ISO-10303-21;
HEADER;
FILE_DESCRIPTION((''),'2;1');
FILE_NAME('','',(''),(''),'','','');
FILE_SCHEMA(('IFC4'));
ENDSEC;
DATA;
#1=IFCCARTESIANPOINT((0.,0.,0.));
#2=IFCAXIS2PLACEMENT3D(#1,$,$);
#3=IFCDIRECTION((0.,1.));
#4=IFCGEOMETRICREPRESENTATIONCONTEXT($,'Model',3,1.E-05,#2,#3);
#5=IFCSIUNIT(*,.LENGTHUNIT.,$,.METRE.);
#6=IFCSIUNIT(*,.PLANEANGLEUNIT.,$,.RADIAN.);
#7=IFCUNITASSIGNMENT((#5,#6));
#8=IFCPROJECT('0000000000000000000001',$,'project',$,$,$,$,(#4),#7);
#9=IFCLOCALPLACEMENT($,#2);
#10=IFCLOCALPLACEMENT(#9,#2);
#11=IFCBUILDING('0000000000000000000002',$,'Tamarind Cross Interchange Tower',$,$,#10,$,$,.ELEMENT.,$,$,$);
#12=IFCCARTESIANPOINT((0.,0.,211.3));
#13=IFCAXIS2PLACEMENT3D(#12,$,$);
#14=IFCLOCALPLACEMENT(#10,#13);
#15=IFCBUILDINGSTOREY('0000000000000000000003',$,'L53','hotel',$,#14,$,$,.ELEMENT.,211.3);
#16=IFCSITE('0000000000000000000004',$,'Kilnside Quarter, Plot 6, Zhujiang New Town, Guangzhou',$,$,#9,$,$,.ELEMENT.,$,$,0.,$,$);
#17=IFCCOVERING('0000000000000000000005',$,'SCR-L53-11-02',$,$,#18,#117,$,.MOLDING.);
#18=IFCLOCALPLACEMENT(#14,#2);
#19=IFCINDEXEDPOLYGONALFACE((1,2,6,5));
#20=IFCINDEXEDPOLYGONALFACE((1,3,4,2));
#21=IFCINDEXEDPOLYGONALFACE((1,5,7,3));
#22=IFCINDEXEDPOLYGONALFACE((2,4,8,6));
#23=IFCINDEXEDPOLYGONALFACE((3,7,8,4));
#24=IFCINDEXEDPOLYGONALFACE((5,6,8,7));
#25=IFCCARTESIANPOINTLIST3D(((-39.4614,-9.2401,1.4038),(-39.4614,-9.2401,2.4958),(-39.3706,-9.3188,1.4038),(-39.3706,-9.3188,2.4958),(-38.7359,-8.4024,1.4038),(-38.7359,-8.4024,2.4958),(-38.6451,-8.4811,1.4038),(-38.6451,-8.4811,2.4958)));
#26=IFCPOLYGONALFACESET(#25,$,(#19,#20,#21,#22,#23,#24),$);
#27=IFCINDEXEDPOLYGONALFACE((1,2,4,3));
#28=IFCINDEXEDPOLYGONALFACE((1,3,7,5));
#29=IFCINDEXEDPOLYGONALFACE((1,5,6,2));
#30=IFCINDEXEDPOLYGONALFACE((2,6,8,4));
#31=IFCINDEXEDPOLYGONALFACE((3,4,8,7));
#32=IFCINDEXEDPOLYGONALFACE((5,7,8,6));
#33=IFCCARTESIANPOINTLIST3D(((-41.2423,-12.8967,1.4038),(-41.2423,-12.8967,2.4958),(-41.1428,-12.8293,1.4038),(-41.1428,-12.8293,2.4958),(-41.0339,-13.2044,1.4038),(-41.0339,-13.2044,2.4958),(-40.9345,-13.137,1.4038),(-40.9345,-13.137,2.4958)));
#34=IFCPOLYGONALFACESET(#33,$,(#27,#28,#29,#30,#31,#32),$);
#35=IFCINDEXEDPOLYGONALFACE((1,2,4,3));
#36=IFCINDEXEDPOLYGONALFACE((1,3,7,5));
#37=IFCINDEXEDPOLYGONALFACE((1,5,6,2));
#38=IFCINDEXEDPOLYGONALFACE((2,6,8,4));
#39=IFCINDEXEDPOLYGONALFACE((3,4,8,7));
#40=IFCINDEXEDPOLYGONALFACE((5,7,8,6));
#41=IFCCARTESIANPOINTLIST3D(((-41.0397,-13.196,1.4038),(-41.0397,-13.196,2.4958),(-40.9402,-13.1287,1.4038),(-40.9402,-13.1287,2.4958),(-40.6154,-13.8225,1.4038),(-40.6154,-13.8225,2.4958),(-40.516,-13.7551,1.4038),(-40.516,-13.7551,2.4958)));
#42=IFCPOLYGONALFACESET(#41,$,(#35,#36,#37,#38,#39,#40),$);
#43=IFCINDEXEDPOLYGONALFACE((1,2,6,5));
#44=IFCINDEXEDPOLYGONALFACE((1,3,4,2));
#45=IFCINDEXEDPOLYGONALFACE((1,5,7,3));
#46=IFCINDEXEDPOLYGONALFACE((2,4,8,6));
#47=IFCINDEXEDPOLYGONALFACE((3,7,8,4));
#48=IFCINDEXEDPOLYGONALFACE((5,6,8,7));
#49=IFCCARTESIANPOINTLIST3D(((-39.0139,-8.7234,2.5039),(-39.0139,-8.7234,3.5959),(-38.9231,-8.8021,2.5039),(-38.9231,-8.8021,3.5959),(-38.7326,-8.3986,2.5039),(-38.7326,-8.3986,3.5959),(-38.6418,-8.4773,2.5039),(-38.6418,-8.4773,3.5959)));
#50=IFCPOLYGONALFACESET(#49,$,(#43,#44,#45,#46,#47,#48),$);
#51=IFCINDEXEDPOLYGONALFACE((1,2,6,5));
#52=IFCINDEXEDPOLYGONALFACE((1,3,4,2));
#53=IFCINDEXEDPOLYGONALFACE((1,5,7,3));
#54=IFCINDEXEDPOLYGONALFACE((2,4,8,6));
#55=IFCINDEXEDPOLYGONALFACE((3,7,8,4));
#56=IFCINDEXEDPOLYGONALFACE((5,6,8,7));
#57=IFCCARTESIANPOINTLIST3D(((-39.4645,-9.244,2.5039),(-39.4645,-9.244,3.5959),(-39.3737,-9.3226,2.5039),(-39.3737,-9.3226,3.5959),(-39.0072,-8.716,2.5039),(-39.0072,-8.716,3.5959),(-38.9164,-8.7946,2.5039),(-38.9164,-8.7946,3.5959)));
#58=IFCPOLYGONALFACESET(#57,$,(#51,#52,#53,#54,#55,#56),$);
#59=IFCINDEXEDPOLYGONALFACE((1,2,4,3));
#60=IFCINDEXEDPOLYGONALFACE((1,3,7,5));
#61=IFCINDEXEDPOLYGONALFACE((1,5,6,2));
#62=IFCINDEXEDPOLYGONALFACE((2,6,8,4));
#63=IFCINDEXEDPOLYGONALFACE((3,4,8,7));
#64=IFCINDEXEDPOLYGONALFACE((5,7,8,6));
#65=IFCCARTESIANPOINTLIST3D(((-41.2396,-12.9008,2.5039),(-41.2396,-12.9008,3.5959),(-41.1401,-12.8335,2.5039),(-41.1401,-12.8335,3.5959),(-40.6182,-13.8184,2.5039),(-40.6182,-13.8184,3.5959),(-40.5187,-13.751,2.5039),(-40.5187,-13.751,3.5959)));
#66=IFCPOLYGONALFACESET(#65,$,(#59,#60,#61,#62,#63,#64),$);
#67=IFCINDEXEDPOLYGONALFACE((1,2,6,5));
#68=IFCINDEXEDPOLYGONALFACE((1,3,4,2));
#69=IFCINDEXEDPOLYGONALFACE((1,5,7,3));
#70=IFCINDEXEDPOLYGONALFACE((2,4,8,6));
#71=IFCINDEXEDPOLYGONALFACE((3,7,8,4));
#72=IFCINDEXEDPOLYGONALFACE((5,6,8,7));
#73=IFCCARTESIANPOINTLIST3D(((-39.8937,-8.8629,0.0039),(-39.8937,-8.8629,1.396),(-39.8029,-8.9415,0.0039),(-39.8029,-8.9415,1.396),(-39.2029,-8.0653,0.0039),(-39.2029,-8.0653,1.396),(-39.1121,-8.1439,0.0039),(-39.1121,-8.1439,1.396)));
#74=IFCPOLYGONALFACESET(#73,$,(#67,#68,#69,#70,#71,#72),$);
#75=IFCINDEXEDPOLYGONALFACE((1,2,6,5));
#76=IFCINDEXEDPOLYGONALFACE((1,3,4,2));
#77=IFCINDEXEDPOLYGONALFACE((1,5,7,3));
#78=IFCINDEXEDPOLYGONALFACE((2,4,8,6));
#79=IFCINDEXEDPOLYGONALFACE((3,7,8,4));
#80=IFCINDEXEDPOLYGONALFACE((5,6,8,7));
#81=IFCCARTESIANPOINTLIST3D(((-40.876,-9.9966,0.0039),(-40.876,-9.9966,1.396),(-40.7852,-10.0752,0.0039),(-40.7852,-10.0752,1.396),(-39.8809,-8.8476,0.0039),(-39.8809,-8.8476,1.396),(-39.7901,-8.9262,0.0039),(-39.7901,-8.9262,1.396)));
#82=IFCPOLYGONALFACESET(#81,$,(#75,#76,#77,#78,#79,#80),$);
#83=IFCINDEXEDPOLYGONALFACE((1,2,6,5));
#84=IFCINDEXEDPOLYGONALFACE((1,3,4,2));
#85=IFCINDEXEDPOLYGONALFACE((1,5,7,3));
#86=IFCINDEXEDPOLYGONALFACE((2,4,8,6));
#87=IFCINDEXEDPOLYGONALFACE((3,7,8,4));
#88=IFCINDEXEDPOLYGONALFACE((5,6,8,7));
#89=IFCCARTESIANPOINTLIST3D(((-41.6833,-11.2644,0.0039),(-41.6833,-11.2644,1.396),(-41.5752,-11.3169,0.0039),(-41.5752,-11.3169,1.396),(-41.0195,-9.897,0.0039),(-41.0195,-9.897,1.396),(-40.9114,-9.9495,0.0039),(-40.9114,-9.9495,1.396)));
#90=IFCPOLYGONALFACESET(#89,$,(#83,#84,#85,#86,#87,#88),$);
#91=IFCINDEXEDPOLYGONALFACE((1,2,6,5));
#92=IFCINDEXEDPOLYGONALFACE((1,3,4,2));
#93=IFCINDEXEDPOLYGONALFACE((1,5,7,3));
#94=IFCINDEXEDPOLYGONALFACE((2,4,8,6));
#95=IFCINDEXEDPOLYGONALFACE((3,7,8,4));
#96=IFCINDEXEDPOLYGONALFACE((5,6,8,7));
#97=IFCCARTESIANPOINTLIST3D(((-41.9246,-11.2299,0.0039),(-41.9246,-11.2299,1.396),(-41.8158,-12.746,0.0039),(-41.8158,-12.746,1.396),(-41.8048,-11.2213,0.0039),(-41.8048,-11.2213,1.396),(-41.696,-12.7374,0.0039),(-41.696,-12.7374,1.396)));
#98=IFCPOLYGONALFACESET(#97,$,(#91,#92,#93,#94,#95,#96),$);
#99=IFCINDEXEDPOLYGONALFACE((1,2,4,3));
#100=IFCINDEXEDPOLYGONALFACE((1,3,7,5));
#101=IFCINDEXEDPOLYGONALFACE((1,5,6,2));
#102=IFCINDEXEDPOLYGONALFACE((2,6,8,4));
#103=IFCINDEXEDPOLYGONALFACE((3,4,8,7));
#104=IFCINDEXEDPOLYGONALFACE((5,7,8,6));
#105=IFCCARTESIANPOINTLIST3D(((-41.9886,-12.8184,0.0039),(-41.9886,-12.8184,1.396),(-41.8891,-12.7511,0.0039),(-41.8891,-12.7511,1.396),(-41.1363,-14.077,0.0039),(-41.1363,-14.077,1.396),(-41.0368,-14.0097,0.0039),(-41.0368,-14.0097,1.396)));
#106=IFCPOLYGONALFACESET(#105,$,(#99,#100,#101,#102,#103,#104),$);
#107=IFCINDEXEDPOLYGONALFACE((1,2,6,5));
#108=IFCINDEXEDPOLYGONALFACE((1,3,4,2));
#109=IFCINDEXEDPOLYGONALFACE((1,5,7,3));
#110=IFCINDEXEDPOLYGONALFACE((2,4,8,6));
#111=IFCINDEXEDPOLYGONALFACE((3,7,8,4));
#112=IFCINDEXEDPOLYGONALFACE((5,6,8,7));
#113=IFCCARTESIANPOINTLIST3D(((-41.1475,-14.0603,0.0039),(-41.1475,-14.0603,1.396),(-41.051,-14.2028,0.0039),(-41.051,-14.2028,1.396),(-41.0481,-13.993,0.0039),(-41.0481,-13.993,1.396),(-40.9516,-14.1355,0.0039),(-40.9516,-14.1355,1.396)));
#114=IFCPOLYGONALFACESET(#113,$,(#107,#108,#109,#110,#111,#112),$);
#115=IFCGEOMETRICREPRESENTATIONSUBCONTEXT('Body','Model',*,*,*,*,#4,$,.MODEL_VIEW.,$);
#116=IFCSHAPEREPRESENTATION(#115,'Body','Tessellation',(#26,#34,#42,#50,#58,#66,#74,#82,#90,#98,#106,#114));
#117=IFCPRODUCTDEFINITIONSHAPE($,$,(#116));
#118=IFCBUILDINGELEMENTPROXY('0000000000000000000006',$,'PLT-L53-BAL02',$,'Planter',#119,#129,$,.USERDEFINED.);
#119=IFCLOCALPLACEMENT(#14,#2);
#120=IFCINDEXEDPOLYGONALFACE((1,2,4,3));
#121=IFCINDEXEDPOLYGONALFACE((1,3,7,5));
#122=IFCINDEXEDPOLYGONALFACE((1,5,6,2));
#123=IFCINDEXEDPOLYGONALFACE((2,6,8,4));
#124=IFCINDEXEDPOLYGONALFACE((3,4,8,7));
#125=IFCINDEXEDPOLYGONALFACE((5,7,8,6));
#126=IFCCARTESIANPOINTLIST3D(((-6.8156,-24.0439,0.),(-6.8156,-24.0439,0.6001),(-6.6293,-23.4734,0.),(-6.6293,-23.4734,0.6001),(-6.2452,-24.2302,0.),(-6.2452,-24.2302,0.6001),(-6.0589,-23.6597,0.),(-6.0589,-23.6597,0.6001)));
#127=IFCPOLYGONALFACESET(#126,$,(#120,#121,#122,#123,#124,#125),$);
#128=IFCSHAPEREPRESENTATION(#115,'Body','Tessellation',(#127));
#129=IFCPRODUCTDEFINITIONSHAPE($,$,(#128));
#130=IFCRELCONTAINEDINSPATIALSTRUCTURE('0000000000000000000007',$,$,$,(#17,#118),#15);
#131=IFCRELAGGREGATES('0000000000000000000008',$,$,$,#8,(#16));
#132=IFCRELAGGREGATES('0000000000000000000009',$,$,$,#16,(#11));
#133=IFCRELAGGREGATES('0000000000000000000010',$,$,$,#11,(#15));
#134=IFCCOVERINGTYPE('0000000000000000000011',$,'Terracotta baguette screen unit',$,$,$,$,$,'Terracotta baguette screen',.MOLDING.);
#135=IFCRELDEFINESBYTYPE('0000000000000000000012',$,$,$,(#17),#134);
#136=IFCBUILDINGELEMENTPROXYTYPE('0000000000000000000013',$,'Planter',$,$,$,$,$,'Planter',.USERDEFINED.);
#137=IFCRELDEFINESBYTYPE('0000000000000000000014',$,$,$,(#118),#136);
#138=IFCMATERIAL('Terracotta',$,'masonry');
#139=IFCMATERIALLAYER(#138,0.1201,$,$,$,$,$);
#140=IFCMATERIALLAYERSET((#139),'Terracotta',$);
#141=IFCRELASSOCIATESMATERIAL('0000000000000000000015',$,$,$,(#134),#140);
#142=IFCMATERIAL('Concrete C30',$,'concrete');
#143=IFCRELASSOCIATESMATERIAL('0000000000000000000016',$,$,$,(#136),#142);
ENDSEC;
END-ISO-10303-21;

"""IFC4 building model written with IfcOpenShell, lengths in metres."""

from ifc_helpers import new_model, si_unit, direction, frame, origin, origin_2d, place, context, subcontext, project, spatial, rectangle, extrude, material, layer, layer_set, type_object, element, save


model = new_model("IFC4")

# Units and contexts
model_context = context("Model", 3, precision=1e-05, world=origin(), true_north=direction((0.0, 1.0)))
body_context = subcontext(model_context, "Body", "Model", "MODEL_VIEW")
ifc_project = project(units=[si_unit("LENGTHUNIT", "METRE"), si_unit("PLANEANGLEUNIT", "RADIAN")], contexts=[model_context])

# Site, building, storey
site_placement = place(None, origin())
site = spatial("IfcSite", under=ifc_project, at=site_placement, Name="Kilnside Quarter, Plot 6, Zhujiang New Town, Guangzhou", CompositionType="ELEMENT", RefElevation=0.0)
building_placement = place(site_placement, origin())
building = spatial("IfcBuilding", under=site, at=building_placement, Name="Tamarind Cross Interchange Tower", CompositionType="ELEMENT")
storey_placement = place(building_placement, frame((0.0, 0.0, 211.3)))
storey = spatial("IfcBuildingStorey", under=building, at=storey_placement, Name="L53", Description="hotel", CompositionType="ELEMENT", Elevation=211.3)

# Covering
ifc_material_1 = material(Name="Terracotta", Category="masonry")
ifc_layer_1 = layer(ifc_material_1, 0.1201)
ifc_layer_set_1 = layer_set([ifc_layer_1], Name="Terracotta")
covering_type = type_object("IfcCoveringType", Name="Terracotta baguette screen unit", ElementType="Terracotta baguette screen", PredefinedType="MOLDING", material=ifc_layer_set_1)
covering_1_placement = place(storey_placement, origin())
element("IfcCovering", 1, at=covering_1_placement, inside=storey, type_object=covering_type, Name="SCR-L53-11-02", PredefinedType="MOLDING", context=body_context, shape_type="SweptSolid", body=[
    extrude(rectangle(XDim=1.1082, YDim=0.1201, at=origin_2d()), frame((-39.0532, -8.8606, 1.4038), z_axis=(0.0, 0.0, 1.0), x_axis=(-0.654667, -0.755917, 0.0)), (0.0, 0.0, 1.0), 1.092),
    extrude(rectangle(XDim=0.3716, YDim=0.1201, at=origin_2d()), frame((-41.0884, -13.0168, 1.4038), z_axis=(0.0, 0.0, 1.0), x_axis=(0.56072, -0.828006, 0.0)), (0.0, 0.0, 1.0), 1.092),
    extrude(rectangle(XDim=0.7566, YDim=0.1201, at=origin_2d()), frame((-40.7778, -13.4756, 1.4038), z_axis=(0.0, 0.0, 1.0), x_axis=(0.56072, -0.828006, 0.0)), (0.0, 0.0, 1.0), 1.092),
    extrude(rectangle(XDim=0.4297, YDim=0.1201, at=origin_2d()), frame((-38.8279, -8.6003, 2.5039), z_axis=(0.0, 0.0, 1.0), x_axis=(-0.654667, -0.755917, 0.0)), (0.0, 0.0, 1.0), 1.092),
    extrude(rectangle(XDim=0.6985, YDim=0.1201, at=origin_2d()), frame((-39.1904, -9.0193, 2.5039), z_axis=(0.0, 0.0, 1.0), x_axis=(-0.654667, -0.755917, 0.0)), (0.0, 0.0, 1.0), 1.092),
    extrude(rectangle(XDim=1.1082, YDim=0.1201, at=origin_2d()), frame((-40.8792, -13.3259, 2.5039), z_axis=(0.0, 0.0, 1.0), x_axis=(0.56072, -0.828006, 0.0)), (0.0, 0.0, 1.0), 1.092),
    extrude(rectangle(XDim=1.0552, YDim=0.1201, at=origin_2d()), frame((-39.5029, -8.5034, 0.0039), z_axis=(0.0, 0.0, 1.0), x_axis=(-0.654667, -0.755917, 0.0)), (0.0, 0.0, 1.0), 1.3921),
    extrude(rectangle(XDim=1.52, YDim=0.1201, at=origin_2d()), frame((-40.333, -9.4614, 0.0039), z_axis=(0.0, 0.0, 1.0), x_axis=(-0.654667, -0.755917, 0.0)), (0.0, 0.0, 1.0), 1.3921),
    extrude(rectangle(XDim=1.52, YDim=0.1201, at=origin_2d()), frame((-41.2974, -10.6069, 0.0039), z_axis=(0.0, 0.0, 1.0), x_axis=(-0.436714, -0.8996, 0.0)), (0.0, 0.0, 1.0), 1.3921),
    extrude(rectangle(XDim=1.52, YDim=0.1201, at=origin_2d()), frame((-41.8103, -11.9836, 0.0039), z_axis=(0.0, 0.0, 1.0), x_axis=(0.071595, -0.997434, 0.0)), (0.0, 0.0, 1.0), 1.3921),
    extrude(rectangle(XDim=1.52, YDim=0.1201, at=origin_2d()), frame((-41.5127, -13.4141, 0.0039), z_axis=(0.0, 0.0, 1.0), x_axis=(0.56072, -0.828006, 0.0)), (0.0, 0.0, 1.0), 1.3921),
    extrude(rectangle(XDim=0.1721, YDim=0.1201, at=origin_2d()), frame((-41.0496, -14.0979, 0.0039), z_axis=(0.0, 0.0, 1.0), x_axis=(0.56072, -0.828006, 0.0)), (0.0, 0.0, 1.0), 1.3921),
])

# Building element proxy
ifc_material_2 = material(Name="Concrete C30", Category="concrete")
building_element_proxy_type = type_object("IfcBuildingElementProxyType", Name="Planter", ElementType="Planter", PredefinedType="USERDEFINED", material=ifc_material_2)
proxy_placement = place(storey_placement, origin())
element("IfcBuildingElementProxy", 2, at=proxy_placement, inside=storey, type_object=building_element_proxy_type, Name="PLT-L53-BAL02", ObjectType="Planter", PredefinedType="USERDEFINED", context=body_context, shape_type="SweptSolid", body=[
    extrude(rectangle(XDim=0.6001, YDim=0.6001, at=origin_2d()), frame((-6.4373, -23.8518, 0.0), z_axis=(0.0, 0.0, 1.0), x_axis=(0.950583, -0.310471, 0.0)), (0.0, 0.0, 1.0), 0.6001),
])

save(model, "model.ifc")
